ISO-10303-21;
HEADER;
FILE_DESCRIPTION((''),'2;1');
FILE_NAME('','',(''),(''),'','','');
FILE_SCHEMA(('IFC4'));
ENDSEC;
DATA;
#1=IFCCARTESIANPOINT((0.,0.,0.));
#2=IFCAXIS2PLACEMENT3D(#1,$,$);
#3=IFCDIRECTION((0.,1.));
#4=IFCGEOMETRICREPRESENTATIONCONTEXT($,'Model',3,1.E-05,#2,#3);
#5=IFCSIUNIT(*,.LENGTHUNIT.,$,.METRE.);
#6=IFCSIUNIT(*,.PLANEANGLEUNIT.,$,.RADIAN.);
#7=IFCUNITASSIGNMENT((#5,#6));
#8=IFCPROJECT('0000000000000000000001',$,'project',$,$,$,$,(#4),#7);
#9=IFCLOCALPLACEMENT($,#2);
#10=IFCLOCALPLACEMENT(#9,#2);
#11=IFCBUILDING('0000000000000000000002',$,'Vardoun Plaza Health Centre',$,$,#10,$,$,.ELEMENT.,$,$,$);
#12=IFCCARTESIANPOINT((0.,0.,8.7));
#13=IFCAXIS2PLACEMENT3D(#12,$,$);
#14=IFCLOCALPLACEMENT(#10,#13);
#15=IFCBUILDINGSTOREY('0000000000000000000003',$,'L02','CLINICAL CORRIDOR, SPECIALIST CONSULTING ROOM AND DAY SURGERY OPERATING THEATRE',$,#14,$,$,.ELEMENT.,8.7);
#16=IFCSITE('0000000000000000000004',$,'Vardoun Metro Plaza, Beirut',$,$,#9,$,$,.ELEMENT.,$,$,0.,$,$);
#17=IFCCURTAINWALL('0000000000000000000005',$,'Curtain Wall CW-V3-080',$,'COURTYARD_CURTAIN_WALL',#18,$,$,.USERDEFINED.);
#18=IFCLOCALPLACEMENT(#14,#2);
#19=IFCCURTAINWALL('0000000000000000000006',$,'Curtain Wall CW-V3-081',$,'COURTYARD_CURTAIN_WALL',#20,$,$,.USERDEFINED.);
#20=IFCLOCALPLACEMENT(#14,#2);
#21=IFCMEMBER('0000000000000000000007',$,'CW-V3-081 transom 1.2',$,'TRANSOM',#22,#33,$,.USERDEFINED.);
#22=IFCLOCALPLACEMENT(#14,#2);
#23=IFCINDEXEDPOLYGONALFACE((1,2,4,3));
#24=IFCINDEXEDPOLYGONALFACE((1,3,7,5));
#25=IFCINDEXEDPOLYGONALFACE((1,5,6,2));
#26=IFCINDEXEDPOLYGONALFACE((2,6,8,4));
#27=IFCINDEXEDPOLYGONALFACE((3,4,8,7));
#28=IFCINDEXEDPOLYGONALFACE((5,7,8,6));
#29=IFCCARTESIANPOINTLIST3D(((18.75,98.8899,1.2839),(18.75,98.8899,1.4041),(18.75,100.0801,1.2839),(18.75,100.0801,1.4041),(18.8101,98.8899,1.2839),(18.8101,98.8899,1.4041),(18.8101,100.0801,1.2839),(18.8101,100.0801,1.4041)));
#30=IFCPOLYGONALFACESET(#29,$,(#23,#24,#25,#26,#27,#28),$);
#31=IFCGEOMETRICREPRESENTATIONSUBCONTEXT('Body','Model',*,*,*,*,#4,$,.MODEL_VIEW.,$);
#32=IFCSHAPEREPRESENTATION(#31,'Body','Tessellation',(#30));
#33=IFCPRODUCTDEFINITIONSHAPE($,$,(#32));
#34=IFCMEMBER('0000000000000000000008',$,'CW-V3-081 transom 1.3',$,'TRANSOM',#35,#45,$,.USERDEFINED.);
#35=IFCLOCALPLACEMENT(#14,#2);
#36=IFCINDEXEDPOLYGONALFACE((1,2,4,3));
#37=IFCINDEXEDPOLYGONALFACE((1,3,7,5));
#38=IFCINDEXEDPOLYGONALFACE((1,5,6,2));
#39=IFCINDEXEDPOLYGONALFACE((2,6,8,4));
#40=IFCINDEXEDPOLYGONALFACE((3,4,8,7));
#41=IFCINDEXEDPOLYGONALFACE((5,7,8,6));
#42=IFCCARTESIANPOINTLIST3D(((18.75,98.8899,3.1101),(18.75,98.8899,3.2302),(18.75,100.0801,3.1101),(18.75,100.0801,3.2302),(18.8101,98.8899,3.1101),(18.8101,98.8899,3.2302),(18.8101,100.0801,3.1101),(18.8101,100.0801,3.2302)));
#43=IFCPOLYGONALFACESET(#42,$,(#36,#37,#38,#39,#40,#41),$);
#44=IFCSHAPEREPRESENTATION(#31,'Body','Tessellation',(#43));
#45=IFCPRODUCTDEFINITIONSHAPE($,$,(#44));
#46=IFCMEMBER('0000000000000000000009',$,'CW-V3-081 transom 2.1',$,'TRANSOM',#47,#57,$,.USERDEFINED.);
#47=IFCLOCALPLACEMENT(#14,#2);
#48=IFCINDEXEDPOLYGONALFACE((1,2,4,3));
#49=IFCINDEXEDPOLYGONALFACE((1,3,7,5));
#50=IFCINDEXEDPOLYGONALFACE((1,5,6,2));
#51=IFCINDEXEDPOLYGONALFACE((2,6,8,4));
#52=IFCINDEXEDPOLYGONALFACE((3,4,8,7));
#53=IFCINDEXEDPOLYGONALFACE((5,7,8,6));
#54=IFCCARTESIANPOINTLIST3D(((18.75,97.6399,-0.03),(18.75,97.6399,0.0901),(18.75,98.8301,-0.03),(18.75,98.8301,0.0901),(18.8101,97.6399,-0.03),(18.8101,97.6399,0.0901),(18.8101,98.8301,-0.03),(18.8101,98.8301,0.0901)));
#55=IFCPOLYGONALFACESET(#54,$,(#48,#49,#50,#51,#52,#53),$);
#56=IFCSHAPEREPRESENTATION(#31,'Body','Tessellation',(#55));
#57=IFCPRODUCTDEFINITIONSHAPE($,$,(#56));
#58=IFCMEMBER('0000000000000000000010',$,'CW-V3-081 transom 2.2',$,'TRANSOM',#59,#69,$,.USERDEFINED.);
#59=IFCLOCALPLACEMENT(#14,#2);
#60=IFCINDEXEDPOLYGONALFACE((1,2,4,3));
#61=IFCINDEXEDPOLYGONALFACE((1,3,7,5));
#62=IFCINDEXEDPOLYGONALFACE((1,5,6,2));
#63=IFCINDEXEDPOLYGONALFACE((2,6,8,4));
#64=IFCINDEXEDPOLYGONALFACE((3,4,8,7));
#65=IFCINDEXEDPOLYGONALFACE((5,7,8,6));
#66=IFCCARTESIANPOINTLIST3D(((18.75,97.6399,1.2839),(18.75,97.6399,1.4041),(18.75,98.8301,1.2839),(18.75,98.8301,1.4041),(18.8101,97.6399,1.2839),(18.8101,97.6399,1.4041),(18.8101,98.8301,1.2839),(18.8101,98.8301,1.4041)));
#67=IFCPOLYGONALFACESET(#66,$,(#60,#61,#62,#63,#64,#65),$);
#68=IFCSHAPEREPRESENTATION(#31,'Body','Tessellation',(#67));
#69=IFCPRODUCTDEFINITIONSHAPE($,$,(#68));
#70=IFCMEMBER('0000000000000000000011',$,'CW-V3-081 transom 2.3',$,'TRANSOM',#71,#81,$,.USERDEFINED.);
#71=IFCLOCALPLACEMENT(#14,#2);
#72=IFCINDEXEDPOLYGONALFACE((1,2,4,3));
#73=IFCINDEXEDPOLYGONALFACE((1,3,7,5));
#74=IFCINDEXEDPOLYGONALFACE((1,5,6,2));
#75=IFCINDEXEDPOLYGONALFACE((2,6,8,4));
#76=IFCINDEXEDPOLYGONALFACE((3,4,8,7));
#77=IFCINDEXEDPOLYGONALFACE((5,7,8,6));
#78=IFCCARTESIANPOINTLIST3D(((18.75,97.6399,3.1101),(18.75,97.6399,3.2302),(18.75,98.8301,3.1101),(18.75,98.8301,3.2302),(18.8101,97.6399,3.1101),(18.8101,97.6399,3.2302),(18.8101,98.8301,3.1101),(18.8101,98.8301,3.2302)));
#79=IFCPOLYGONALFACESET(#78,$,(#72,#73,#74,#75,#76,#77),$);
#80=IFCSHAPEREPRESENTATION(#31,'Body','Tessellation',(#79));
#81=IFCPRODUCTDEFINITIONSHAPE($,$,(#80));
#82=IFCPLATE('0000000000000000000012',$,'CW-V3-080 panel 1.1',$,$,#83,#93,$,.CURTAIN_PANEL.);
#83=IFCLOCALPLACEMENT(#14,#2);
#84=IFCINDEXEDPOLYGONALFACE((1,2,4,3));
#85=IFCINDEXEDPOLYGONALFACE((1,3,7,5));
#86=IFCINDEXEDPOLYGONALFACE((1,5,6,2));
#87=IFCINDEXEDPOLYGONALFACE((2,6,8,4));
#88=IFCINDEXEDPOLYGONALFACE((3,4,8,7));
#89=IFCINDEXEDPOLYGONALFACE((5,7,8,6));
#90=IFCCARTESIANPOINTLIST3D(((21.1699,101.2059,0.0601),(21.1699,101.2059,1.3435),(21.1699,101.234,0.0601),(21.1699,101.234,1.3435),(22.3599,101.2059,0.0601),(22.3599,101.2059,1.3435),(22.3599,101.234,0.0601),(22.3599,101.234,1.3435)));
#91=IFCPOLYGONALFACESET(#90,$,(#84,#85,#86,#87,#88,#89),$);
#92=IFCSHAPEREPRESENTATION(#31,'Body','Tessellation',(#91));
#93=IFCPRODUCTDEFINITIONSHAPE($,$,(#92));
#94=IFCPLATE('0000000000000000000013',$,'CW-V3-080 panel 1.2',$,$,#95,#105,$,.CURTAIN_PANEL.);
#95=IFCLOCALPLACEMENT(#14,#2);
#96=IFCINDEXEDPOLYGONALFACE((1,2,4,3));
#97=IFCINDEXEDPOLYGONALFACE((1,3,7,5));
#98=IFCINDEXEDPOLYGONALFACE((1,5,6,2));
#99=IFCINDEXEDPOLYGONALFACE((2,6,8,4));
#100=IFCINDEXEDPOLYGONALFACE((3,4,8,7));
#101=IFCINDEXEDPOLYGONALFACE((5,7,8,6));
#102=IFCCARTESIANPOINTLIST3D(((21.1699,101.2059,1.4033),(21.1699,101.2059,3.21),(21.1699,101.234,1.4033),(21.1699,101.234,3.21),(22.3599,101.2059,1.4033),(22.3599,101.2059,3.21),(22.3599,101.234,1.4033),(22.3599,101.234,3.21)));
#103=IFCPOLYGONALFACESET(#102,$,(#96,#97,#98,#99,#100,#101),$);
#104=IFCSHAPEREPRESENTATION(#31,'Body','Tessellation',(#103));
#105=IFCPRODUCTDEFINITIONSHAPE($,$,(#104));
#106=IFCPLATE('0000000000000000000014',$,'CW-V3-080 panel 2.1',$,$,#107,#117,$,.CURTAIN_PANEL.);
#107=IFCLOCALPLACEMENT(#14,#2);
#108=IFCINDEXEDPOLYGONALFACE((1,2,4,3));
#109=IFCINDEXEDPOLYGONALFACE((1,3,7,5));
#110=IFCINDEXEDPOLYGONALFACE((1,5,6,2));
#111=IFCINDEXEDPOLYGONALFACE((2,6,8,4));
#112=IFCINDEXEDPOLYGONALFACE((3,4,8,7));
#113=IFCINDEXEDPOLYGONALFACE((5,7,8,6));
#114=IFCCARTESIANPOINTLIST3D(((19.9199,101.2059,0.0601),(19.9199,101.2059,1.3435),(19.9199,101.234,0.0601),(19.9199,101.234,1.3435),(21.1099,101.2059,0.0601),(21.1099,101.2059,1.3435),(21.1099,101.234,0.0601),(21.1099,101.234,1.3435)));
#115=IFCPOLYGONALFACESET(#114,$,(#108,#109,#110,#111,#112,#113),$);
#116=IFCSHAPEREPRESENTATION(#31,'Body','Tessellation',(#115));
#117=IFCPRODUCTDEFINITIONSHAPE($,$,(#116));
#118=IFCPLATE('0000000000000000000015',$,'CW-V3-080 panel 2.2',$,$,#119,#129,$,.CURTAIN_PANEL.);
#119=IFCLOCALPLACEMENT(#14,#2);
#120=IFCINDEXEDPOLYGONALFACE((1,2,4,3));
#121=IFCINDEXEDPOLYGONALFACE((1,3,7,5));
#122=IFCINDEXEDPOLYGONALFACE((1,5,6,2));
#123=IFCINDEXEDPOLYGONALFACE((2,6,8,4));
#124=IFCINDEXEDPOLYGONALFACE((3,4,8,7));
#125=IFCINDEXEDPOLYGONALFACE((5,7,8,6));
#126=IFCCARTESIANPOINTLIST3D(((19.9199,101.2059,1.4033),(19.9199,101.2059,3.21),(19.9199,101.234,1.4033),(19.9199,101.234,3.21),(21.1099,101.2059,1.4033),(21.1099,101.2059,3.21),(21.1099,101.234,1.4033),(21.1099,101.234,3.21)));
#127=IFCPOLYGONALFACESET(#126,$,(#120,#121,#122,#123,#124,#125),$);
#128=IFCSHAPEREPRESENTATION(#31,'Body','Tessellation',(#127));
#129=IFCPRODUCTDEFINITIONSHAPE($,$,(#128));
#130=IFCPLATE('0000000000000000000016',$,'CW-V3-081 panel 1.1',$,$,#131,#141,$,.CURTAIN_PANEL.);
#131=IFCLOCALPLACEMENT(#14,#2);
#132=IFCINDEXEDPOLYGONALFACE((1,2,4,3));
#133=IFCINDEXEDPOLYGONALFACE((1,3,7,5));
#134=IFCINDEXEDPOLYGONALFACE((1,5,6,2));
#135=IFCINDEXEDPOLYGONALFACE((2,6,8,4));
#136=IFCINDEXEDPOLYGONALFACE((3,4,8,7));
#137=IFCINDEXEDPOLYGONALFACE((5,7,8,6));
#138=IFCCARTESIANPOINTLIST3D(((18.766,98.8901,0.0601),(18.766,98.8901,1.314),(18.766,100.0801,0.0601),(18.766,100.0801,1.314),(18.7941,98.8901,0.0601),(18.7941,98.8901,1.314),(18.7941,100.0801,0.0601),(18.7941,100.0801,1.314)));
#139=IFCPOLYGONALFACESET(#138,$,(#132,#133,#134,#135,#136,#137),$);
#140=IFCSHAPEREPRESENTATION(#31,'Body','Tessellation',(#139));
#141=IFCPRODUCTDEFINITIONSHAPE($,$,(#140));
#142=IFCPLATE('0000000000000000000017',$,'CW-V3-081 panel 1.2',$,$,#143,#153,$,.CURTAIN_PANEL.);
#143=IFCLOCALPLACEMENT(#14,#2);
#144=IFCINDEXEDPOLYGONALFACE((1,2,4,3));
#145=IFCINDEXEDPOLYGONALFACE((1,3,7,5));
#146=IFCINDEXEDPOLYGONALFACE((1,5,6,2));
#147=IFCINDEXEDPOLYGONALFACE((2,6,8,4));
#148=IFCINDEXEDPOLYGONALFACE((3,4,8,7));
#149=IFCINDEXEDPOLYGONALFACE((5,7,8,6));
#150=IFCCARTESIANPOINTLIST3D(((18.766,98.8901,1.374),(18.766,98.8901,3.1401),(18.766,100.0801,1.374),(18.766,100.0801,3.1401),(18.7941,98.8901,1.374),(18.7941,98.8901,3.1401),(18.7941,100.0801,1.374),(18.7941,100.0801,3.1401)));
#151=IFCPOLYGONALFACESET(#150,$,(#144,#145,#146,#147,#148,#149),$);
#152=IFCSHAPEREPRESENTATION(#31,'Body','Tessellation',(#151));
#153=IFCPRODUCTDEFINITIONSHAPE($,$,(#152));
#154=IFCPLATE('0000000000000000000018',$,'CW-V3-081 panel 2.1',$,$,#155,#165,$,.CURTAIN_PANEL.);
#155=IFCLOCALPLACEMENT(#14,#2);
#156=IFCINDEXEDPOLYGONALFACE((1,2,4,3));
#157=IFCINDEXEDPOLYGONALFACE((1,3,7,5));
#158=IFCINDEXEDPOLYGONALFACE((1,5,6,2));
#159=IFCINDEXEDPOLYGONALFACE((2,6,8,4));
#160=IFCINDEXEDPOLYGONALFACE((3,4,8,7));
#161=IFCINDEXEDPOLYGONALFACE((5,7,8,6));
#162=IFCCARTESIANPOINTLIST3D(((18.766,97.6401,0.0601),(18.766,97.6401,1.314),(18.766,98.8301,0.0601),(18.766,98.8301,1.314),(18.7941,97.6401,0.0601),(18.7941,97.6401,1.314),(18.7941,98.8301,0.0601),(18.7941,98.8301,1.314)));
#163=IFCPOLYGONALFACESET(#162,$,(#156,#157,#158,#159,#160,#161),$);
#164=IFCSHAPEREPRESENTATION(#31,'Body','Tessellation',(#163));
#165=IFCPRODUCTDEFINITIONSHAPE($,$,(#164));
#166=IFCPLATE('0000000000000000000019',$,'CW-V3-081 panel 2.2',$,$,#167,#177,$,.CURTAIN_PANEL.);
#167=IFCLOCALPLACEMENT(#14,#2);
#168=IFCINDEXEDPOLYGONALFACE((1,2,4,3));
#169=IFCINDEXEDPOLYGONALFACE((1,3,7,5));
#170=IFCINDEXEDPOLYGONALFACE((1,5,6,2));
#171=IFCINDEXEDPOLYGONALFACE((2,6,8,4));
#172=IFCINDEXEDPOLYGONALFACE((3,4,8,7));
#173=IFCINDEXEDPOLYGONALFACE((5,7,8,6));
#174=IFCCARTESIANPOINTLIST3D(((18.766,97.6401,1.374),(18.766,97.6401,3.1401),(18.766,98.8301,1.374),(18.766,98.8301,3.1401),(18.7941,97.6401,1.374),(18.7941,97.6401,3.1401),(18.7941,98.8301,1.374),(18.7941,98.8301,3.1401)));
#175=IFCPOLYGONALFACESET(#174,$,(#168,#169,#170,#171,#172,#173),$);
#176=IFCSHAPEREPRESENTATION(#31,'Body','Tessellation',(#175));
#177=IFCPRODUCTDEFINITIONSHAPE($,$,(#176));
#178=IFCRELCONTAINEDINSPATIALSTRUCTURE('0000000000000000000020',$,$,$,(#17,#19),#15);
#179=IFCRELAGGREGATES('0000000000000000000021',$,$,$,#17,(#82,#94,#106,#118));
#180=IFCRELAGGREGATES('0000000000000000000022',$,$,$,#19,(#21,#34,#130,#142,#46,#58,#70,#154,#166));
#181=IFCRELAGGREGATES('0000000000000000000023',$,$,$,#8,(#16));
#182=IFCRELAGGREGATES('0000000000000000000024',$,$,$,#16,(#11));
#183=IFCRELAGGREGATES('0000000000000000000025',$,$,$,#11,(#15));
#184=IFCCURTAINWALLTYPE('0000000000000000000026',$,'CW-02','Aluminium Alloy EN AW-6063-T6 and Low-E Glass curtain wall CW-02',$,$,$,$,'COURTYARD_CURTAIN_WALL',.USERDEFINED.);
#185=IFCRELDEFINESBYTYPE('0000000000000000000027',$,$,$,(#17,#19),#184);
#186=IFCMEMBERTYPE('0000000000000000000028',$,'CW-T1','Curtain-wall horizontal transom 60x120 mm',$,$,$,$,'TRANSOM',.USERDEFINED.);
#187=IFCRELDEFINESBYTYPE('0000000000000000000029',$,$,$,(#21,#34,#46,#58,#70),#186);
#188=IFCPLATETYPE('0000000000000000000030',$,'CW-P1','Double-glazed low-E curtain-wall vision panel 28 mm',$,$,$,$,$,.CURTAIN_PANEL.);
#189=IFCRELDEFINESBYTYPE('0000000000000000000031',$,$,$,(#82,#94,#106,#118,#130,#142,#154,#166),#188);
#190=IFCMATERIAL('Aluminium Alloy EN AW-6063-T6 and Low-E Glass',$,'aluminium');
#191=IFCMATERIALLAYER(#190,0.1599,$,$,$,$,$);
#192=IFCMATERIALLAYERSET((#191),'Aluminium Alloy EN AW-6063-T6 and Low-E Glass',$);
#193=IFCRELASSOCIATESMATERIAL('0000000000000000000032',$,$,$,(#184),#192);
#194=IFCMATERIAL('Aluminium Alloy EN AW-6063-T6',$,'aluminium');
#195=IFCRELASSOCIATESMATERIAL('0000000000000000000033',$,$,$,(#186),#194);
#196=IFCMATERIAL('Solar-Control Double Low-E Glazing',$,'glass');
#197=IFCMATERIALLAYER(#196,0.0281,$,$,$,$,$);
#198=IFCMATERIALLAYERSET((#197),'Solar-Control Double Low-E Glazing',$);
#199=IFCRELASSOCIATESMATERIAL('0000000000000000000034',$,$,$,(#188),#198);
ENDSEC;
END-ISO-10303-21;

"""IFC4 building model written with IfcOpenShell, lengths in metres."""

from ifc_helpers import new_model, si_unit, direction, frame, origin, origin_2d, place, context, subcontext, project, spatial, rectangle, extrude, material, layer, layer_set, material_profile, profile_set, type_object, element, aggregate, save


model = new_model("IFC4")

# Units and contexts
model_context = context("Model", 3, precision=1e-05, world=origin(), true_north=direction((0.0, 1.0)))
body_context = subcontext(model_context, "Body", "Model", "MODEL_VIEW")
ifc_project = project(units=[si_unit("LENGTHUNIT", "METRE"), si_unit("PLANEANGLEUNIT", "RADIAN")], contexts=[model_context])

# Site, building, storey
site_placement = place(None, origin())
site = spatial("IfcSite", under=ifc_project, at=site_placement, Name="Vardoun Metro Plaza, Beirut", CompositionType="ELEMENT", RefElevation=0.0)
building_placement = place(site_placement, origin())
building = spatial("IfcBuilding", under=site, at=building_placement, Name="Vardoun Plaza Health Centre", CompositionType="ELEMENT")
storey_placement = place(building_placement, frame((0.0, 0.0, 8.7)))
storey = spatial("IfcBuildingStorey", under=building, at=storey_placement, Name="L02", Description="CLINICAL CORRIDOR, SPECIALIST CONSULTING ROOM AND DAY SURGERY OPERATING THEATRE", CompositionType="ELEMENT", Elevation=8.7)

# Shared definitions
ifc_material_1 = material(Name="Aluminium Alloy EN AW-6063-T6 and Low-E Glass", Category="aluminium")
ifc_layer_1 = layer(ifc_material_1, 0.1599)
ifc_layer_set_1 = layer_set([ifc_layer_1], Name="Aluminium Alloy EN AW-6063-T6 and Low-E Glass")
curtain_wall_type = type_object("IfcCurtainWallType", Name="CW-02", Description="Aluminium Alloy EN AW-6063-T6 and Low-E Glass curtain wall CW-02", ElementType="COURTYARD_CURTAIN_WALL", PredefinedType="USERDEFINED", material=ifc_layer_set_1)

# Curtain walls
curtain_wall_1_placement = place(storey_placement, origin())
curtain_wall_1 = element("IfcCurtainWall", 1, at=curtain_wall_1_placement, inside=storey, type_object=curtain_wall_type, Name="Curtain Wall CW-V3-080", ObjectType="COURTYARD_CURTAIN_WALL", PredefinedType="USERDEFINED")
curtain_wall_2_placement = place(storey_placement, origin())
curtain_wall_2 = element("IfcCurtainWall", 2, at=curtain_wall_2_placement, inside=storey, type_object=curtain_wall_type, Name="Curtain Wall CW-V3-081", ObjectType="COURTYARD_CURTAIN_WALL", PredefinedType="USERDEFINED")

# Members
ifc_material_2 = material(Name="Aluminium Alloy EN AW-6063-T6", Category="aluminium")
ifc_material_profile_1 = material_profile(ifc_material_2, rectangle(XDim=0.0601, YDim=0.1201, at=origin_2d()), Name="CWT 60x120")
ifc_profile_set_1 = profile_set([ifc_material_profile_1], Name="Aluminium Alloy EN AW-6063-T6")
member_type_1 = type_object("IfcMemberType", Name="CW-T1", Description="Curtain-wall horizontal transom 60x120 mm", ElementType="TRANSOM", PredefinedType="USERDEFINED", material=ifc_profile_set_1)
member_1_placement = place(storey_placement, frame((18.78, 100.0801, 1.344), z_axis=(0.0, -1.0, 0.0), x_axis=(1.0, 0.0, 0.0)))
member_1 = element("IfcMember", 3, at=member_1_placement, type_object=member_type_1, Name="CW-V3-081 transom 1.2", ObjectType="TRANSOM", PredefinedType="USERDEFINED", context=body_context, shape_type="SweptSolid", body=[
    extrude(rectangle(XDim=0.0601, YDim=0.1201, at=origin_2d()), origin(), (0.0, 0.0, 1.0), 1.1902),
])
member_2_placement = place(storey_placement, frame((18.78, 100.0801, 3.1702), z_axis=(0.0, -1.0, 0.0), x_axis=(1.0, 0.0, 0.0)))
member_2 = element("IfcMember", 4, at=member_2_placement, type_object=member_type_1, Name="CW-V3-081 transom 1.3", ObjectType="TRANSOM", PredefinedType="USERDEFINED", context=body_context, shape_type="SweptSolid", body=[
    extrude(rectangle(XDim=0.0601, YDim=0.1201, at=origin_2d()), origin(), (0.0, 0.0, 1.0), 1.1902),
])
member_3_placement = place(storey_placement, frame((18.78, 98.8301, 0.03), z_axis=(0.0, -1.0, 0.0), x_axis=(1.0, 0.0, 0.0)))
member_3 = element("IfcMember", 5, at=member_3_placement, type_object=member_type_1, Name="CW-V3-081 transom 2.1", ObjectType="TRANSOM", PredefinedType="USERDEFINED", context=body_context, shape_type="SweptSolid", body=[
    extrude(rectangle(XDim=0.0601, YDim=0.1201, at=origin_2d()), origin(), (0.0, 0.0, 1.0), 1.1902),
])
member_4_placement = place(storey_placement, frame((18.78, 98.8301, 1.344), z_axis=(0.0, -1.0, 0.0), x_axis=(1.0, 0.0, 0.0)))
member_4 = element("IfcMember", 6, at=member_4_placement, type_object=member_type_1, Name="CW-V3-081 transom 2.2", ObjectType="TRANSOM", PredefinedType="USERDEFINED", context=body_context, shape_type="SweptSolid", body=[
    extrude(rectangle(XDim=0.0601, YDim=0.1201, at=origin_2d()), origin(), (0.0, 0.0, 1.0), 1.1902),
])
member_5_placement = place(storey_placement, frame((18.78, 98.8301, 3.1702), z_axis=(0.0, -1.0, 0.0), x_axis=(1.0, 0.0, 0.0)))
member_5 = element("IfcMember", 7, at=member_5_placement, type_object=member_type_1, Name="CW-V3-081 transom 2.3", ObjectType="TRANSOM", PredefinedType="USERDEFINED", context=body_context, shape_type="SweptSolid", body=[
    extrude(rectangle(XDim=0.0601, YDim=0.1201, at=origin_2d()), origin(), (0.0, 0.0, 1.0), 1.1902),
])

# Plates
ifc_material_3 = material(Name="Solar-Control Double Low-E Glazing", Category="glass")
ifc_layer_2 = layer(ifc_material_3, 0.0281)
ifc_layer_set_2 = layer_set([ifc_layer_2], Name="Solar-Control Double Low-E Glazing")
plate_type = type_object("IfcPlateType", Name="CW-P1", Description="Double-glazed low-E curtain-wall vision panel 28 mm", PredefinedType="CURTAIN_PANEL", material=ifc_layer_set_2)
plate_1_placement = place(storey_placement, frame((21.7649, 101.22, 0.0601), z_axis=(0.0, 0.0, 1.0), x_axis=(-1.0, 0.0, 0.0)))
plate_1 = element("IfcPlate", 8, at=plate_1_placement, type_object=plate_type, Name="CW-V3-080 panel 1.1", PredefinedType="CURTAIN_PANEL", context=body_context, shape_type="SweptSolid", body=[
    extrude(rectangle(XDim=1.1899, YDim=0.0281, at=origin_2d()), origin(), (0.0, 0.0, 1.0), 1.2834),
])
plate_2_placement = place(storey_placement, frame((21.7649, 101.22, 1.4033), z_axis=(0.0, 0.0, 1.0), x_axis=(-1.0, 0.0, 0.0)))
plate_2 = element("IfcPlate", 9, at=plate_2_placement, type_object=plate_type, Name="CW-V3-080 panel 1.2", PredefinedType="CURTAIN_PANEL", context=body_context, shape_type="SweptSolid", body=[
    extrude(rectangle(XDim=1.1899, YDim=0.0281, at=origin_2d()), origin(), (0.0, 0.0, 1.0), 1.8066),
])
plate_3_placement = place(storey_placement, frame((20.5149, 101.22, 0.0601), z_axis=(0.0, 0.0, 1.0), x_axis=(-1.0, 0.0, 0.0)))
plate_3 = element("IfcPlate", 10, at=plate_3_placement, type_object=plate_type, Name="CW-V3-080 panel 2.1", PredefinedType="CURTAIN_PANEL", context=body_context, shape_type="SweptSolid", body=[
    extrude(rectangle(XDim=1.1899, YDim=0.0281, at=origin_2d()), origin(), (0.0, 0.0, 1.0), 1.2834),
])
plate_4_placement = place(storey_placement, frame((20.5149, 101.22, 1.4033), z_axis=(0.0, 0.0, 1.0), x_axis=(-1.0, 0.0, 0.0)))
plate_4 = element("IfcPlate", 11, at=plate_4_placement, type_object=plate_type, Name="CW-V3-080 panel 2.2", PredefinedType="CURTAIN_PANEL", context=body_context, shape_type="SweptSolid", body=[
    extrude(rectangle(XDim=1.1899, YDim=0.0281, at=origin_2d()), origin(), (0.0, 0.0, 1.0), 1.8066),
])
aggregate(curtain_wall_1, [plate_1, plate_2, plate_3, plate_4])
plate_5_placement = place(storey_placement, frame((18.78, 99.4851, 0.0601), z_axis=(0.0, 0.0, 1.0), x_axis=(0.0, -1.0, 0.0)))
plate_5 = element("IfcPlate", 12, at=plate_5_placement, type_object=plate_type, Name="CW-V3-081 panel 1.1", PredefinedType="CURTAIN_PANEL", context=body_context, shape_type="SweptSolid", body=[
    extrude(rectangle(XDim=1.1899, YDim=0.0281, at=origin_2d()), origin(), (0.0, 0.0, 1.0), 1.2539),
])
plate_6_placement = place(storey_placement, frame((18.78, 99.4851, 1.374), z_axis=(0.0, 0.0, 1.0), x_axis=(0.0, -1.0, 0.0)))
plate_6 = element("IfcPlate", 13, at=plate_6_placement, type_object=plate_type, Name="CW-V3-081 panel 1.2", PredefinedType="CURTAIN_PANEL", context=body_context, shape_type="SweptSolid", body=[
    extrude(rectangle(XDim=1.1899, YDim=0.0281, at=origin_2d()), origin(), (0.0, 0.0, 1.0), 1.7661),
])
plate_7_placement = place(storey_placement, frame((18.78, 98.2351, 0.0601), z_axis=(0.0, 0.0, 1.0), x_axis=(0.0, -1.0, 0.0)))
plate_7 = element("IfcPlate", 14, at=plate_7_placement, type_object=plate_type, Name="CW-V3-081 panel 2.1", PredefinedType="CURTAIN_PANEL", context=body_context, shape_type="SweptSolid", body=[
    extrude(rectangle(XDim=1.1899, YDim=0.0281, at=origin_2d()), origin(), (0.0, 0.0, 1.0), 1.2539),
])
plate_8_placement = place(storey_placement, frame((18.78, 98.2351, 1.374), z_axis=(0.0, 0.0, 1.0), x_axis=(0.0, -1.0, 0.0)))
plate_8 = element("IfcPlate", 15, at=plate_8_placement, type_object=plate_type, Name="CW-V3-081 panel 2.2", PredefinedType="CURTAIN_PANEL", context=body_context, shape_type="SweptSolid", body=[
    extrude(rectangle(XDim=1.1899, YDim=0.0281, at=origin_2d()), origin(), (0.0, 0.0, 1.0), 1.7661),
])
aggregate(curtain_wall_2, [member_1, member_2, plate_5, plate_6, member_3, member_4, member_5, plate_7, plate_8])

save(model, "model.ifc")
